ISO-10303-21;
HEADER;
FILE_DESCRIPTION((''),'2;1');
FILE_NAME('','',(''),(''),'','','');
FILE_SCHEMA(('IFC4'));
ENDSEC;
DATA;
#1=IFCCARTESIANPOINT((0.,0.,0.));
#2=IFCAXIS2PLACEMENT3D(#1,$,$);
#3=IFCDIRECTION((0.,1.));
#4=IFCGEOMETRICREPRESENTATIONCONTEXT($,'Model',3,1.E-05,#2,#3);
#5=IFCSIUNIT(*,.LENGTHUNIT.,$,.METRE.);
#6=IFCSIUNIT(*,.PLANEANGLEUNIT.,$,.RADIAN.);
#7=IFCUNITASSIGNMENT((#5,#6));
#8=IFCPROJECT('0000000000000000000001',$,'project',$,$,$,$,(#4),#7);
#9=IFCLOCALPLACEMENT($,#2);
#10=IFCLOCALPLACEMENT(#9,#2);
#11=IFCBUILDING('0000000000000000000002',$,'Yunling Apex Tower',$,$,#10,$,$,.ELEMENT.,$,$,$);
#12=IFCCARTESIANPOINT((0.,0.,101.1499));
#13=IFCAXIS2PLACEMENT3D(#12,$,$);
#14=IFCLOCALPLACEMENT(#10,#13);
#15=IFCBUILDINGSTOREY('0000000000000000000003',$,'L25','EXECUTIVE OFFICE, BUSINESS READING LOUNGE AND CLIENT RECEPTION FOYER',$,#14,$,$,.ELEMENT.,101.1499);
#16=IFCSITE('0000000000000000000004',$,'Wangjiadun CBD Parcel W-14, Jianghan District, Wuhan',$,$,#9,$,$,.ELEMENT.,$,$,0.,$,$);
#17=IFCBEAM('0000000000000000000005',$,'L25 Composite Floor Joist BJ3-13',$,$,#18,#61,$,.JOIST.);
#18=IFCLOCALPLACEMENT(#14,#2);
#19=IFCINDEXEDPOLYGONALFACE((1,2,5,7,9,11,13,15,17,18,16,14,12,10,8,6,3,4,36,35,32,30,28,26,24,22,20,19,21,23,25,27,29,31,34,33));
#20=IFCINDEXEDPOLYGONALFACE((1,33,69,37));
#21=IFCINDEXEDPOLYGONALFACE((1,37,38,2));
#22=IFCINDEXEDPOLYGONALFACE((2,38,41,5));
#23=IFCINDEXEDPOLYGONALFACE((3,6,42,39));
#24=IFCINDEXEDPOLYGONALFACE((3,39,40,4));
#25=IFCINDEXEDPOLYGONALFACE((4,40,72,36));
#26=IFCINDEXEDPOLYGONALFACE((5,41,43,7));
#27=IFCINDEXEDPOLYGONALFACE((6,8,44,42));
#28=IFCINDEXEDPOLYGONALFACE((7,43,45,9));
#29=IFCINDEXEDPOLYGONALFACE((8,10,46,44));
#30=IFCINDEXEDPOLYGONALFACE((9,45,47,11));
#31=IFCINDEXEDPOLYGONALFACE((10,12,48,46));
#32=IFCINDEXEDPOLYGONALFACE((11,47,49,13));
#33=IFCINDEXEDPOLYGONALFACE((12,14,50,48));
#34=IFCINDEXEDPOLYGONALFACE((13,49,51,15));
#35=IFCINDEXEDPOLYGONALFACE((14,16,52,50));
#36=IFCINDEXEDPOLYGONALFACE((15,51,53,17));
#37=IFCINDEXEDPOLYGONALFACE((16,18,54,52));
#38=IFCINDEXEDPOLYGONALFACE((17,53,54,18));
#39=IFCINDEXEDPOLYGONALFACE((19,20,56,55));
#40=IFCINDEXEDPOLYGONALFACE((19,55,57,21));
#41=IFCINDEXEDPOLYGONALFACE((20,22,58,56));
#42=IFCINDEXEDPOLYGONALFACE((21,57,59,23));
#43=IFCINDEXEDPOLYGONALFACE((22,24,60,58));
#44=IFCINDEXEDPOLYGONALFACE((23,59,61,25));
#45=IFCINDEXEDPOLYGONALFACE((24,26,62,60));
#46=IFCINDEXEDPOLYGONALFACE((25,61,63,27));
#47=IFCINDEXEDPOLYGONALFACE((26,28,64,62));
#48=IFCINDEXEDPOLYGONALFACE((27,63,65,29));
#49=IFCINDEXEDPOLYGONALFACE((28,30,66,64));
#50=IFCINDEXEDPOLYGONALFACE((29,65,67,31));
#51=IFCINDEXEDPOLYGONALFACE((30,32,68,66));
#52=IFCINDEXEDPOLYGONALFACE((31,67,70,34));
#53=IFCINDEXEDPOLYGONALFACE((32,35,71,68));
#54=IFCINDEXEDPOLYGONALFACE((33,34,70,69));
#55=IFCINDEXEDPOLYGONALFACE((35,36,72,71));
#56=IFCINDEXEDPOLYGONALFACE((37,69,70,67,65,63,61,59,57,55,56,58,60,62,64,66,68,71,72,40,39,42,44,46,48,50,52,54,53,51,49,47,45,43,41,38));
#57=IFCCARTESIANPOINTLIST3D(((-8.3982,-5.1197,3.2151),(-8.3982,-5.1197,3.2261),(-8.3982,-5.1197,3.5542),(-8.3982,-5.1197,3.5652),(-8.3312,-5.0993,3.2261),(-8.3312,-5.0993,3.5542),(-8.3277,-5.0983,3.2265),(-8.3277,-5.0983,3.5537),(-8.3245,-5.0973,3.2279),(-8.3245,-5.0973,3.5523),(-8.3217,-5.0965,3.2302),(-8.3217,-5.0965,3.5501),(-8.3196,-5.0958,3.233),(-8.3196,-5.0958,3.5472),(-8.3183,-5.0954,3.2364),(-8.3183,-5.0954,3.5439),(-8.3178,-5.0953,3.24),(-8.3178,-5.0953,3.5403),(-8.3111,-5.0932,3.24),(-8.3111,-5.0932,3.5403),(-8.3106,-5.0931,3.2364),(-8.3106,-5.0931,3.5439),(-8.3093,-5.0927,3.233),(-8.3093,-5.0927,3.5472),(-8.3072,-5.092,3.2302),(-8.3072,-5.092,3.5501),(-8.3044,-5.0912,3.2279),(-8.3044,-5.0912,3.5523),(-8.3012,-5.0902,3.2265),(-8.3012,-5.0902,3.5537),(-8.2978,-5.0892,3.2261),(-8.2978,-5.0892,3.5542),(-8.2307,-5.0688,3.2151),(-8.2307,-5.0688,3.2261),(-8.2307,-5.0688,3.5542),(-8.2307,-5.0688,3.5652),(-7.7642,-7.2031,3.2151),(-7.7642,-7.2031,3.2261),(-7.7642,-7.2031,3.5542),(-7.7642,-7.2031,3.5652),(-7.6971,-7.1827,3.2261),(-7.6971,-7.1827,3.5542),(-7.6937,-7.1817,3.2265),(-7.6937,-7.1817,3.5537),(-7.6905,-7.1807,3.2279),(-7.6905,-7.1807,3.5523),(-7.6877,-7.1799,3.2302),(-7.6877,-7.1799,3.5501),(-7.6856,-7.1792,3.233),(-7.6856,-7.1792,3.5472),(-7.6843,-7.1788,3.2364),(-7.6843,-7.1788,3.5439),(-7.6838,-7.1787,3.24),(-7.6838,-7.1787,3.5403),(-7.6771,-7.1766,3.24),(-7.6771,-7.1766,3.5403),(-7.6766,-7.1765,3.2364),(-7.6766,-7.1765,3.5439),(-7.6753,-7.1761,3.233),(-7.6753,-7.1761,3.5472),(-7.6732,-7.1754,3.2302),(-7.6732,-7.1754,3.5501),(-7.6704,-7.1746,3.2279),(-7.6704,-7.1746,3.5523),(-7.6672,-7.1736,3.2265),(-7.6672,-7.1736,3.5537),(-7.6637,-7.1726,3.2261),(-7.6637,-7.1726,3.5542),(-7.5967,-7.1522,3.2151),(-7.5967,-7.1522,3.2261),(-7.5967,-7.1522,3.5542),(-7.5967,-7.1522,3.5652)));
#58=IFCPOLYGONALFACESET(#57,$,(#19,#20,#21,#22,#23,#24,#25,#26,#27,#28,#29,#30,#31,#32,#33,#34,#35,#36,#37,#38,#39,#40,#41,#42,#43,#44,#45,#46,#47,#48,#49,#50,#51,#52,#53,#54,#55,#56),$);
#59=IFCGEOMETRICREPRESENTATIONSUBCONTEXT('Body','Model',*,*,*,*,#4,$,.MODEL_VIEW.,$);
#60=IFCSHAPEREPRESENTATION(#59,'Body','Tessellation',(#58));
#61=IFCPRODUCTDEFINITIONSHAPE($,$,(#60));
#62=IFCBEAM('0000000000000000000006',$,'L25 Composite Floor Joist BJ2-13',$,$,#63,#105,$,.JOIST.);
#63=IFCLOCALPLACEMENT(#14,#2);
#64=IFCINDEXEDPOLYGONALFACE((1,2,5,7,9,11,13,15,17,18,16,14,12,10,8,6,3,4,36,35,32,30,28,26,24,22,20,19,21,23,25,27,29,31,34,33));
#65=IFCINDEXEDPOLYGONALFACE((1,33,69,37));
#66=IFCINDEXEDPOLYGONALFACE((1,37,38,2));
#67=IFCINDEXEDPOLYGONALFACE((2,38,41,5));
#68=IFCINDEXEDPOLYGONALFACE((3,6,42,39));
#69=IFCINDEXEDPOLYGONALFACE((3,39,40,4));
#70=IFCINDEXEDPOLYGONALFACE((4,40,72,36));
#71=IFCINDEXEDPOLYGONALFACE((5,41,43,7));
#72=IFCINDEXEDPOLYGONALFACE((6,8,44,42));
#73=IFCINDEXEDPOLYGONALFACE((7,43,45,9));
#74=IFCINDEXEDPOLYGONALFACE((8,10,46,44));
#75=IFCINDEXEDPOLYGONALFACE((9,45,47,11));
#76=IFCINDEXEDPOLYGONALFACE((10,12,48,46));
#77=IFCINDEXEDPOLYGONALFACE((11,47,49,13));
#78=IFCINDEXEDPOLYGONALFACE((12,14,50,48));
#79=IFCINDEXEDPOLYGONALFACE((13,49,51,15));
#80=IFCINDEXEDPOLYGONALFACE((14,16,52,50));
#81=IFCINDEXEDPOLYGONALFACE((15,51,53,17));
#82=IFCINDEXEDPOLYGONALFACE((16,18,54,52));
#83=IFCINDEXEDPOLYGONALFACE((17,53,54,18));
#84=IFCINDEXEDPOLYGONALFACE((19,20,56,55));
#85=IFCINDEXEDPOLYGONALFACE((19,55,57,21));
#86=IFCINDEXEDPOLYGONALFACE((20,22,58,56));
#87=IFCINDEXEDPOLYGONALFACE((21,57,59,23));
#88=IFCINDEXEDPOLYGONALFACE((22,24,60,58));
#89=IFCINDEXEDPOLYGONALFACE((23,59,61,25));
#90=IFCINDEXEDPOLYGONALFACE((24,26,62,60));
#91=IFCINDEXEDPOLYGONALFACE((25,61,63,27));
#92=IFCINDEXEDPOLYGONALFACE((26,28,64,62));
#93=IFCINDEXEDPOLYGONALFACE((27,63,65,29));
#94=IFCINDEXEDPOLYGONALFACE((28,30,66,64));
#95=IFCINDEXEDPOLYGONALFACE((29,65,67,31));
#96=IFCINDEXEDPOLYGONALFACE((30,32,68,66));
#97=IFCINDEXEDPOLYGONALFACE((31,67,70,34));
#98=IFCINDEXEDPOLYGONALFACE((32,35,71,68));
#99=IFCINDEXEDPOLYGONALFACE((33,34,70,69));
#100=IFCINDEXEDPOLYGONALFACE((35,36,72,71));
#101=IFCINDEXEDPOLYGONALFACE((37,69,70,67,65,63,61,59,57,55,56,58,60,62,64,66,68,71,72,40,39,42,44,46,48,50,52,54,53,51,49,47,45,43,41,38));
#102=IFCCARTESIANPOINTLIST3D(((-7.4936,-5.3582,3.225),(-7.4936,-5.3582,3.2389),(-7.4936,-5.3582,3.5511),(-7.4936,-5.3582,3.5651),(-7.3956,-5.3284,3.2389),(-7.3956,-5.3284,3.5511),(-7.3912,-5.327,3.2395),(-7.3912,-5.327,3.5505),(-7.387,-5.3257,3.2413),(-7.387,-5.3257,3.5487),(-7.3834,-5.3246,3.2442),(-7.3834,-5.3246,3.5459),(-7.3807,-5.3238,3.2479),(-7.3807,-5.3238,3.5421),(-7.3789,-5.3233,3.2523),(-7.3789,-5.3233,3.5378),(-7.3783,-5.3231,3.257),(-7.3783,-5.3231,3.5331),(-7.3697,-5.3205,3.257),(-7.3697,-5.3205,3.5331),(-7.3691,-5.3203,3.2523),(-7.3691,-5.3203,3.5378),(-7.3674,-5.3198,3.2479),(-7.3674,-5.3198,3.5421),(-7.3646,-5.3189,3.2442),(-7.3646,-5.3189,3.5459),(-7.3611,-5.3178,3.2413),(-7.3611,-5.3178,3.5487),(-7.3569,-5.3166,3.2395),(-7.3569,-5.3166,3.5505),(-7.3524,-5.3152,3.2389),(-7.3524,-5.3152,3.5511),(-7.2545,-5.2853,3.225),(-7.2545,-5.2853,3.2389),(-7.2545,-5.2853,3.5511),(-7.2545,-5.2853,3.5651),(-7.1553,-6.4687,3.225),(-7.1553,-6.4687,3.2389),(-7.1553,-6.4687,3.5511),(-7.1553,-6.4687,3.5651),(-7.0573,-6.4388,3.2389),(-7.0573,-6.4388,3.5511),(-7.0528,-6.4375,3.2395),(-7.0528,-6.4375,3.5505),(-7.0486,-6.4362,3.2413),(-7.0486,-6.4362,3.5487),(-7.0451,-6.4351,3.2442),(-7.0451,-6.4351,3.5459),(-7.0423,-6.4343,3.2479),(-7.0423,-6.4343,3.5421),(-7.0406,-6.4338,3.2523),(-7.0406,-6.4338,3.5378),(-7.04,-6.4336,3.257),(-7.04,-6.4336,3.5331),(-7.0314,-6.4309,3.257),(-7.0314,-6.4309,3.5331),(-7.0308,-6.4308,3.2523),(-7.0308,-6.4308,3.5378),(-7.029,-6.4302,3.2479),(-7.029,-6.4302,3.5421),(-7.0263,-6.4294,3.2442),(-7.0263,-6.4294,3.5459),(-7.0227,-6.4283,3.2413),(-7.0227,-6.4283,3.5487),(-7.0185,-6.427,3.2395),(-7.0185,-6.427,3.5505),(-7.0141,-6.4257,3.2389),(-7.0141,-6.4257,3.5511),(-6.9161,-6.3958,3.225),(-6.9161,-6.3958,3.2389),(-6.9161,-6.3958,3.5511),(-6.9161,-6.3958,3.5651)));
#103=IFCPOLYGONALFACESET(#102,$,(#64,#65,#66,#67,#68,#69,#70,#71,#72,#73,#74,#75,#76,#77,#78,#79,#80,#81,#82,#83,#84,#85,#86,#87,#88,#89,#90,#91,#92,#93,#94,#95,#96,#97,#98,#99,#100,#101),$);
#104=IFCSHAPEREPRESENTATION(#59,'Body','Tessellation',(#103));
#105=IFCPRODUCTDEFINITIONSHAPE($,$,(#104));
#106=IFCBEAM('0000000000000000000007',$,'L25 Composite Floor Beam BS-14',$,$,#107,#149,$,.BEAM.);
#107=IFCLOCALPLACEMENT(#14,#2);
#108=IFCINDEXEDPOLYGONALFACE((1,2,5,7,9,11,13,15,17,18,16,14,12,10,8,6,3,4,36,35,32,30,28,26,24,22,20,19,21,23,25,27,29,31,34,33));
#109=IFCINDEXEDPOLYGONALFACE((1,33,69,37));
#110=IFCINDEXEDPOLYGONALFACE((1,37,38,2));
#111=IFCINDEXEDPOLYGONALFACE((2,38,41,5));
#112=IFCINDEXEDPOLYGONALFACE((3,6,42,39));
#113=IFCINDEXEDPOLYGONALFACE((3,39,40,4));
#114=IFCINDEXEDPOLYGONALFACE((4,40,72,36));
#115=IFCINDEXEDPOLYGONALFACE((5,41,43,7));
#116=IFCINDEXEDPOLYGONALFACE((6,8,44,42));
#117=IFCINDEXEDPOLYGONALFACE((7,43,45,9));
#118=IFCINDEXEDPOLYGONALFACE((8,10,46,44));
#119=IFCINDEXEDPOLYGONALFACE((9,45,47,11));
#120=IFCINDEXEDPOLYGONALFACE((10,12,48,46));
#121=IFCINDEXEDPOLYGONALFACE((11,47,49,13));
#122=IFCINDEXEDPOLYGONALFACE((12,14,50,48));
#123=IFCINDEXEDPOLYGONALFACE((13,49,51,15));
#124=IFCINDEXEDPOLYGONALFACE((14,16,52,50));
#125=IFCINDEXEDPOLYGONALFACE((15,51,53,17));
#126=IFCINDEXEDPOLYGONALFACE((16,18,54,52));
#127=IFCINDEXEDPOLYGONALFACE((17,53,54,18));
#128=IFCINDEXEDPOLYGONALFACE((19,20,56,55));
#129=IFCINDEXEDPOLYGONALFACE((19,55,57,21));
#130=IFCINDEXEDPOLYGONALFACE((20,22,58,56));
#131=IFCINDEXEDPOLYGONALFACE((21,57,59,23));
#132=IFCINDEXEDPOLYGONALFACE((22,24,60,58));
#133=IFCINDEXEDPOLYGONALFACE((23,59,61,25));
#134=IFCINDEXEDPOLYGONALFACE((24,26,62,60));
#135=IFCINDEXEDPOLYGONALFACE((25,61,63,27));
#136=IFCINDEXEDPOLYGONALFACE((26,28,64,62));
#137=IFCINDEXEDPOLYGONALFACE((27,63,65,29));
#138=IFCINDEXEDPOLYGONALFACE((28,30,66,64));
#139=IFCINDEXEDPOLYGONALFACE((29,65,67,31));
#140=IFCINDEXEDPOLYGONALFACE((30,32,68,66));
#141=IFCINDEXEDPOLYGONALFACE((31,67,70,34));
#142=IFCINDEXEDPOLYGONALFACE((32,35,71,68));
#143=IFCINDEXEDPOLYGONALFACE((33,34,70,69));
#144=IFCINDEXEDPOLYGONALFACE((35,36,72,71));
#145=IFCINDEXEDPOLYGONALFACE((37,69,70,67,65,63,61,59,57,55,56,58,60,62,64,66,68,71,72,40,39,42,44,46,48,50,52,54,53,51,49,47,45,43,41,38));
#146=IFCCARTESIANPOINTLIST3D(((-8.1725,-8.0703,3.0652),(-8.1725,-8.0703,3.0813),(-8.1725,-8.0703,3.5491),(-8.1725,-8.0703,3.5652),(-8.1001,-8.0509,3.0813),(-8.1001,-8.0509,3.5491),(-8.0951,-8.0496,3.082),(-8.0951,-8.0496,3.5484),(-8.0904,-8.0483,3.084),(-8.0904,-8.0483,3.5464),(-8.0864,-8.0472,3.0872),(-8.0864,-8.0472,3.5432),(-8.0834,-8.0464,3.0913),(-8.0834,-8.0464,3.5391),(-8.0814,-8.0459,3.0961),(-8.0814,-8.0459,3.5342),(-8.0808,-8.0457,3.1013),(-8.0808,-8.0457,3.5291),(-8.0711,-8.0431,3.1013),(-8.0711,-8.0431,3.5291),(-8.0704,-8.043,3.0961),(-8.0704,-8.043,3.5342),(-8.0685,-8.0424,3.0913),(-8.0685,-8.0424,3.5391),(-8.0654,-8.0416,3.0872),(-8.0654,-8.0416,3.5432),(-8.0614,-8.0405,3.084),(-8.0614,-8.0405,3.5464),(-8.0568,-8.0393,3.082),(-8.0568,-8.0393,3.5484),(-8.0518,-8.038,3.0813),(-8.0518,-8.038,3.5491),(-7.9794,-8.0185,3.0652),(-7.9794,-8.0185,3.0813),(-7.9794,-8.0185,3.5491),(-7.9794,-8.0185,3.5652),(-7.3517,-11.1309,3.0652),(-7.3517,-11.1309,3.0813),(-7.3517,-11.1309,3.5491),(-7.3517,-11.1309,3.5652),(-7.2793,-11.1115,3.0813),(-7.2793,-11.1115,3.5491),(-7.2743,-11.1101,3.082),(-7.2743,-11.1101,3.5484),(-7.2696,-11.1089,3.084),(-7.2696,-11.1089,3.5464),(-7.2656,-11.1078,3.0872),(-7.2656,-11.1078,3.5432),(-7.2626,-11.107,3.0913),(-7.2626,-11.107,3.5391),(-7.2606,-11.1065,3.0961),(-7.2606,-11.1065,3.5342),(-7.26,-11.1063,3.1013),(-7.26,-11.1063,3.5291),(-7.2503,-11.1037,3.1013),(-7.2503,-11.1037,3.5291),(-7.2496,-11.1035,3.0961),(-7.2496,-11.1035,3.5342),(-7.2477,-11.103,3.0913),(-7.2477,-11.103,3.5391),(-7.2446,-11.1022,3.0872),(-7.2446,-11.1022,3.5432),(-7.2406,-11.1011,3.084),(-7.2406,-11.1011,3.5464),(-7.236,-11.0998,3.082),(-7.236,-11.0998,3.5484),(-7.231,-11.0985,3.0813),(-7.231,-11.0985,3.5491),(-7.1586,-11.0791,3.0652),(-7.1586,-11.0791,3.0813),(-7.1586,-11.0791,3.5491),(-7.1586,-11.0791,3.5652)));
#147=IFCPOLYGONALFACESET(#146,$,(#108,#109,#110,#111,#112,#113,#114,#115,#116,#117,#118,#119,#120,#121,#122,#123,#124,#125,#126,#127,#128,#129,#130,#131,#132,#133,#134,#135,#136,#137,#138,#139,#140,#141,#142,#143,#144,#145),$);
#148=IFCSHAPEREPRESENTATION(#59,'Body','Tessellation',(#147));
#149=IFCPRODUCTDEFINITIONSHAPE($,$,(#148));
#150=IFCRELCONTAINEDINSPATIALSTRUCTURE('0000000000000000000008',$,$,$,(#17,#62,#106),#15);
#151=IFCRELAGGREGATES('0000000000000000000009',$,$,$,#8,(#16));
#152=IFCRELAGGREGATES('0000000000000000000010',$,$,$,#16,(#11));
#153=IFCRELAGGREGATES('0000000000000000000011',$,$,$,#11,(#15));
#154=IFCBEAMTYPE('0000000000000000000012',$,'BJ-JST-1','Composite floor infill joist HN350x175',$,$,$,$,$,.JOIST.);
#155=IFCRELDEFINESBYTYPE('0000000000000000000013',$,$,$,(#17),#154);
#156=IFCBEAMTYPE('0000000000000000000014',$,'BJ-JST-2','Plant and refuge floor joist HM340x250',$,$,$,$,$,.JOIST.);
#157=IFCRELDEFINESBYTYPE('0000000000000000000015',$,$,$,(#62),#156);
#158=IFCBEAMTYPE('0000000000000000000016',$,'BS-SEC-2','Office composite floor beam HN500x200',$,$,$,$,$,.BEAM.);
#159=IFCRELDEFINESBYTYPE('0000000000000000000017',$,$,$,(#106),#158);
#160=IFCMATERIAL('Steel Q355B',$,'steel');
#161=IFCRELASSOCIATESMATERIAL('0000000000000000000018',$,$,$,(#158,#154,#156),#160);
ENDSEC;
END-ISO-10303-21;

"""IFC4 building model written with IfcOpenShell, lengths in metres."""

from ifc_helpers import new_model, si_unit, direction, frame, origin, origin_2d, place, context, subcontext, project, spatial, i_section, extrude, source, transform, mapped, material, material_profile, profile_set, type_object, element, save


model = new_model("IFC4")

# Units and contexts
model_context = context("Model", 3, precision=1e-05, world=origin(), true_north=direction((0.0, 1.0)))
body_context = subcontext(model_context, "Body", "Model", "MODEL_VIEW")
ifc_project = project(units=[si_unit("LENGTHUNIT", "METRE"), si_unit("PLANEANGLEUNIT", "RADIAN")], contexts=[model_context])

# Site, building, storey
site_placement = place(None, origin())
site = spatial("IfcSite", under=ifc_project, at=site_placement, Name="Wangjiadun CBD Parcel W-14, Jianghan District, Wuhan", CompositionType="ELEMENT", RefElevation=0.0)
building_placement = place(site_placement, origin())
building = spatial("IfcBuilding", under=site, at=building_placement, Name="Yunling Apex Tower", CompositionType="ELEMENT")
storey_placement = place(building_placement, frame((0.0, 0.0, 101.1499)))
storey = spatial("IfcBuildingStorey", under=building, at=storey_placement, Name="L25", Description="EXECUTIVE OFFICE, BUSINESS READING LOUNGE AND CLIENT RECEPTION FOYER", CompositionType="ELEMENT", Elevation=101.1499)

# Beams
ifc_material_1 = material(Name="Steel Q355B", Category="steel")
ifc_material_profile_1 = material_profile(ifc_material_1, i_section(OverallWidth=0.2, OverallDepth=0.5, WebThickness=0.01, FlangeThickness=0.0161, FilletRadius=0.02, at=origin_2d()))
ifc_profile_set_1 = profile_set([ifc_material_profile_1], Name="Steel Q355B")
beam_type_1 = type_object("IfcBeamType", Name="BS-SEC-2", Description="Office composite floor beam HN500x200", PredefinedType="BEAM", material=ifc_profile_set_1)
ifc_material_profile_2 = material_profile(ifc_material_1, i_section(OverallWidth=0.175, OverallDepth=0.3501, WebThickness=0.0071, FlangeThickness=0.011, FilletRadius=0.0139, at=origin_2d()))
ifc_profile_set_2 = profile_set([ifc_material_profile_2], Name="Steel Q355B")
beam_type_2 = type_object("IfcBeamType", Name="BJ-JST-1", Description="Composite floor infill joist HN350x175", PredefinedType="JOIST", material=ifc_profile_set_2)
shared_shape_1 = source(origin(), body_context, "Body", "SweptSolid", [
    extrude(i_section(OverallWidth=0.175, OverallDepth=0.3501, WebThickness=0.0071, FlangeThickness=0.011, FilletRadius=0.0139, at=origin_2d()), origin(), (0.0, 0.0, 1.0), 2.1777),
])
beam_1_placement = place(storey_placement, frame((-8.3145, -5.0942, 3.3901), z_axis=(0.29113, -0.956683, 0.0), x_axis=(0.956683, 0.29113, 0.0)))
element("IfcBeam", 1, at=beam_1_placement, inside=storey, type_object=beam_type_2, Name="L25 Composite Floor Joist BJ3-13", PredefinedType="JOIST", context=body_context, shape_type="MappedRepresentation", body=[
    mapped(shared_shape_1, transform((0.0, 0.0, 0.0), scale=1.0)),
])
ifc_material_profile_3 = material_profile(ifc_material_1, i_section(OverallWidth=0.25, OverallDepth=0.3401, WebThickness=0.009, FlangeThickness=0.0139, FilletRadius=0.0181, at=origin_2d()))
ifc_profile_set_3 = profile_set([ifc_material_profile_3], Name="Steel Q355B")
beam_type_3 = type_object("IfcBeamType", Name="BJ-JST-2", Description="Plant and refuge floor joist HM340x250", PredefinedType="JOIST", material=ifc_profile_set_3)
shared_shape_2 = source(origin(), body_context, "Body", "SweptSolid", [
    extrude(i_section(OverallWidth=0.25, OverallDepth=0.3401, WebThickness=0.009, FlangeThickness=0.0139, FilletRadius=0.0181, at=origin_2d()), origin(), (0.0, 0.0, 1.0), 1.1609),
])
beam_2_placement = place(storey_placement, frame((-7.374, -5.3218, 3.395), z_axis=(0.291454, -0.956585, 0.0), x_axis=(0.956585, 0.291454, 0.0)))
element("IfcBeam", 2, at=beam_2_placement, inside=storey, type_object=beam_type_3, Name="L25 Composite Floor Joist BJ2-13", PredefinedType="JOIST", context=body_context, shape_type="MappedRepresentation", body=[
    mapped(shared_shape_2, transform((0.0, 0.0, 0.0), scale=1.0)),
])
shared_shape_3 = source(origin(), body_context, "Body", "SweptSolid", [
    extrude(i_section(OverallWidth=0.2, OverallDepth=0.5, WebThickness=0.01, FlangeThickness=0.0161, FilletRadius=0.02, at=origin_2d()), origin(), (0.0, 0.0, 1.0), 3.1687),
])
beam_3_placement = place(storey_placement, frame((-8.0759, -8.0444, 3.3152), z_axis=(0.259034, -0.965868, 0.0), x_axis=(0.965868, 0.259034, 0.0)))
element("IfcBeam", 3, at=beam_3_placement, inside=storey, type_object=beam_type_1, Name="L25 Composite Floor Beam BS-14", PredefinedType="BEAM", context=body_context, shape_type="MappedRepresentation", body=[
    mapped(shared_shape_3, transform((0.0, 0.0, 0.0), scale=1.0)),
])

save(model, "model.ifc")
